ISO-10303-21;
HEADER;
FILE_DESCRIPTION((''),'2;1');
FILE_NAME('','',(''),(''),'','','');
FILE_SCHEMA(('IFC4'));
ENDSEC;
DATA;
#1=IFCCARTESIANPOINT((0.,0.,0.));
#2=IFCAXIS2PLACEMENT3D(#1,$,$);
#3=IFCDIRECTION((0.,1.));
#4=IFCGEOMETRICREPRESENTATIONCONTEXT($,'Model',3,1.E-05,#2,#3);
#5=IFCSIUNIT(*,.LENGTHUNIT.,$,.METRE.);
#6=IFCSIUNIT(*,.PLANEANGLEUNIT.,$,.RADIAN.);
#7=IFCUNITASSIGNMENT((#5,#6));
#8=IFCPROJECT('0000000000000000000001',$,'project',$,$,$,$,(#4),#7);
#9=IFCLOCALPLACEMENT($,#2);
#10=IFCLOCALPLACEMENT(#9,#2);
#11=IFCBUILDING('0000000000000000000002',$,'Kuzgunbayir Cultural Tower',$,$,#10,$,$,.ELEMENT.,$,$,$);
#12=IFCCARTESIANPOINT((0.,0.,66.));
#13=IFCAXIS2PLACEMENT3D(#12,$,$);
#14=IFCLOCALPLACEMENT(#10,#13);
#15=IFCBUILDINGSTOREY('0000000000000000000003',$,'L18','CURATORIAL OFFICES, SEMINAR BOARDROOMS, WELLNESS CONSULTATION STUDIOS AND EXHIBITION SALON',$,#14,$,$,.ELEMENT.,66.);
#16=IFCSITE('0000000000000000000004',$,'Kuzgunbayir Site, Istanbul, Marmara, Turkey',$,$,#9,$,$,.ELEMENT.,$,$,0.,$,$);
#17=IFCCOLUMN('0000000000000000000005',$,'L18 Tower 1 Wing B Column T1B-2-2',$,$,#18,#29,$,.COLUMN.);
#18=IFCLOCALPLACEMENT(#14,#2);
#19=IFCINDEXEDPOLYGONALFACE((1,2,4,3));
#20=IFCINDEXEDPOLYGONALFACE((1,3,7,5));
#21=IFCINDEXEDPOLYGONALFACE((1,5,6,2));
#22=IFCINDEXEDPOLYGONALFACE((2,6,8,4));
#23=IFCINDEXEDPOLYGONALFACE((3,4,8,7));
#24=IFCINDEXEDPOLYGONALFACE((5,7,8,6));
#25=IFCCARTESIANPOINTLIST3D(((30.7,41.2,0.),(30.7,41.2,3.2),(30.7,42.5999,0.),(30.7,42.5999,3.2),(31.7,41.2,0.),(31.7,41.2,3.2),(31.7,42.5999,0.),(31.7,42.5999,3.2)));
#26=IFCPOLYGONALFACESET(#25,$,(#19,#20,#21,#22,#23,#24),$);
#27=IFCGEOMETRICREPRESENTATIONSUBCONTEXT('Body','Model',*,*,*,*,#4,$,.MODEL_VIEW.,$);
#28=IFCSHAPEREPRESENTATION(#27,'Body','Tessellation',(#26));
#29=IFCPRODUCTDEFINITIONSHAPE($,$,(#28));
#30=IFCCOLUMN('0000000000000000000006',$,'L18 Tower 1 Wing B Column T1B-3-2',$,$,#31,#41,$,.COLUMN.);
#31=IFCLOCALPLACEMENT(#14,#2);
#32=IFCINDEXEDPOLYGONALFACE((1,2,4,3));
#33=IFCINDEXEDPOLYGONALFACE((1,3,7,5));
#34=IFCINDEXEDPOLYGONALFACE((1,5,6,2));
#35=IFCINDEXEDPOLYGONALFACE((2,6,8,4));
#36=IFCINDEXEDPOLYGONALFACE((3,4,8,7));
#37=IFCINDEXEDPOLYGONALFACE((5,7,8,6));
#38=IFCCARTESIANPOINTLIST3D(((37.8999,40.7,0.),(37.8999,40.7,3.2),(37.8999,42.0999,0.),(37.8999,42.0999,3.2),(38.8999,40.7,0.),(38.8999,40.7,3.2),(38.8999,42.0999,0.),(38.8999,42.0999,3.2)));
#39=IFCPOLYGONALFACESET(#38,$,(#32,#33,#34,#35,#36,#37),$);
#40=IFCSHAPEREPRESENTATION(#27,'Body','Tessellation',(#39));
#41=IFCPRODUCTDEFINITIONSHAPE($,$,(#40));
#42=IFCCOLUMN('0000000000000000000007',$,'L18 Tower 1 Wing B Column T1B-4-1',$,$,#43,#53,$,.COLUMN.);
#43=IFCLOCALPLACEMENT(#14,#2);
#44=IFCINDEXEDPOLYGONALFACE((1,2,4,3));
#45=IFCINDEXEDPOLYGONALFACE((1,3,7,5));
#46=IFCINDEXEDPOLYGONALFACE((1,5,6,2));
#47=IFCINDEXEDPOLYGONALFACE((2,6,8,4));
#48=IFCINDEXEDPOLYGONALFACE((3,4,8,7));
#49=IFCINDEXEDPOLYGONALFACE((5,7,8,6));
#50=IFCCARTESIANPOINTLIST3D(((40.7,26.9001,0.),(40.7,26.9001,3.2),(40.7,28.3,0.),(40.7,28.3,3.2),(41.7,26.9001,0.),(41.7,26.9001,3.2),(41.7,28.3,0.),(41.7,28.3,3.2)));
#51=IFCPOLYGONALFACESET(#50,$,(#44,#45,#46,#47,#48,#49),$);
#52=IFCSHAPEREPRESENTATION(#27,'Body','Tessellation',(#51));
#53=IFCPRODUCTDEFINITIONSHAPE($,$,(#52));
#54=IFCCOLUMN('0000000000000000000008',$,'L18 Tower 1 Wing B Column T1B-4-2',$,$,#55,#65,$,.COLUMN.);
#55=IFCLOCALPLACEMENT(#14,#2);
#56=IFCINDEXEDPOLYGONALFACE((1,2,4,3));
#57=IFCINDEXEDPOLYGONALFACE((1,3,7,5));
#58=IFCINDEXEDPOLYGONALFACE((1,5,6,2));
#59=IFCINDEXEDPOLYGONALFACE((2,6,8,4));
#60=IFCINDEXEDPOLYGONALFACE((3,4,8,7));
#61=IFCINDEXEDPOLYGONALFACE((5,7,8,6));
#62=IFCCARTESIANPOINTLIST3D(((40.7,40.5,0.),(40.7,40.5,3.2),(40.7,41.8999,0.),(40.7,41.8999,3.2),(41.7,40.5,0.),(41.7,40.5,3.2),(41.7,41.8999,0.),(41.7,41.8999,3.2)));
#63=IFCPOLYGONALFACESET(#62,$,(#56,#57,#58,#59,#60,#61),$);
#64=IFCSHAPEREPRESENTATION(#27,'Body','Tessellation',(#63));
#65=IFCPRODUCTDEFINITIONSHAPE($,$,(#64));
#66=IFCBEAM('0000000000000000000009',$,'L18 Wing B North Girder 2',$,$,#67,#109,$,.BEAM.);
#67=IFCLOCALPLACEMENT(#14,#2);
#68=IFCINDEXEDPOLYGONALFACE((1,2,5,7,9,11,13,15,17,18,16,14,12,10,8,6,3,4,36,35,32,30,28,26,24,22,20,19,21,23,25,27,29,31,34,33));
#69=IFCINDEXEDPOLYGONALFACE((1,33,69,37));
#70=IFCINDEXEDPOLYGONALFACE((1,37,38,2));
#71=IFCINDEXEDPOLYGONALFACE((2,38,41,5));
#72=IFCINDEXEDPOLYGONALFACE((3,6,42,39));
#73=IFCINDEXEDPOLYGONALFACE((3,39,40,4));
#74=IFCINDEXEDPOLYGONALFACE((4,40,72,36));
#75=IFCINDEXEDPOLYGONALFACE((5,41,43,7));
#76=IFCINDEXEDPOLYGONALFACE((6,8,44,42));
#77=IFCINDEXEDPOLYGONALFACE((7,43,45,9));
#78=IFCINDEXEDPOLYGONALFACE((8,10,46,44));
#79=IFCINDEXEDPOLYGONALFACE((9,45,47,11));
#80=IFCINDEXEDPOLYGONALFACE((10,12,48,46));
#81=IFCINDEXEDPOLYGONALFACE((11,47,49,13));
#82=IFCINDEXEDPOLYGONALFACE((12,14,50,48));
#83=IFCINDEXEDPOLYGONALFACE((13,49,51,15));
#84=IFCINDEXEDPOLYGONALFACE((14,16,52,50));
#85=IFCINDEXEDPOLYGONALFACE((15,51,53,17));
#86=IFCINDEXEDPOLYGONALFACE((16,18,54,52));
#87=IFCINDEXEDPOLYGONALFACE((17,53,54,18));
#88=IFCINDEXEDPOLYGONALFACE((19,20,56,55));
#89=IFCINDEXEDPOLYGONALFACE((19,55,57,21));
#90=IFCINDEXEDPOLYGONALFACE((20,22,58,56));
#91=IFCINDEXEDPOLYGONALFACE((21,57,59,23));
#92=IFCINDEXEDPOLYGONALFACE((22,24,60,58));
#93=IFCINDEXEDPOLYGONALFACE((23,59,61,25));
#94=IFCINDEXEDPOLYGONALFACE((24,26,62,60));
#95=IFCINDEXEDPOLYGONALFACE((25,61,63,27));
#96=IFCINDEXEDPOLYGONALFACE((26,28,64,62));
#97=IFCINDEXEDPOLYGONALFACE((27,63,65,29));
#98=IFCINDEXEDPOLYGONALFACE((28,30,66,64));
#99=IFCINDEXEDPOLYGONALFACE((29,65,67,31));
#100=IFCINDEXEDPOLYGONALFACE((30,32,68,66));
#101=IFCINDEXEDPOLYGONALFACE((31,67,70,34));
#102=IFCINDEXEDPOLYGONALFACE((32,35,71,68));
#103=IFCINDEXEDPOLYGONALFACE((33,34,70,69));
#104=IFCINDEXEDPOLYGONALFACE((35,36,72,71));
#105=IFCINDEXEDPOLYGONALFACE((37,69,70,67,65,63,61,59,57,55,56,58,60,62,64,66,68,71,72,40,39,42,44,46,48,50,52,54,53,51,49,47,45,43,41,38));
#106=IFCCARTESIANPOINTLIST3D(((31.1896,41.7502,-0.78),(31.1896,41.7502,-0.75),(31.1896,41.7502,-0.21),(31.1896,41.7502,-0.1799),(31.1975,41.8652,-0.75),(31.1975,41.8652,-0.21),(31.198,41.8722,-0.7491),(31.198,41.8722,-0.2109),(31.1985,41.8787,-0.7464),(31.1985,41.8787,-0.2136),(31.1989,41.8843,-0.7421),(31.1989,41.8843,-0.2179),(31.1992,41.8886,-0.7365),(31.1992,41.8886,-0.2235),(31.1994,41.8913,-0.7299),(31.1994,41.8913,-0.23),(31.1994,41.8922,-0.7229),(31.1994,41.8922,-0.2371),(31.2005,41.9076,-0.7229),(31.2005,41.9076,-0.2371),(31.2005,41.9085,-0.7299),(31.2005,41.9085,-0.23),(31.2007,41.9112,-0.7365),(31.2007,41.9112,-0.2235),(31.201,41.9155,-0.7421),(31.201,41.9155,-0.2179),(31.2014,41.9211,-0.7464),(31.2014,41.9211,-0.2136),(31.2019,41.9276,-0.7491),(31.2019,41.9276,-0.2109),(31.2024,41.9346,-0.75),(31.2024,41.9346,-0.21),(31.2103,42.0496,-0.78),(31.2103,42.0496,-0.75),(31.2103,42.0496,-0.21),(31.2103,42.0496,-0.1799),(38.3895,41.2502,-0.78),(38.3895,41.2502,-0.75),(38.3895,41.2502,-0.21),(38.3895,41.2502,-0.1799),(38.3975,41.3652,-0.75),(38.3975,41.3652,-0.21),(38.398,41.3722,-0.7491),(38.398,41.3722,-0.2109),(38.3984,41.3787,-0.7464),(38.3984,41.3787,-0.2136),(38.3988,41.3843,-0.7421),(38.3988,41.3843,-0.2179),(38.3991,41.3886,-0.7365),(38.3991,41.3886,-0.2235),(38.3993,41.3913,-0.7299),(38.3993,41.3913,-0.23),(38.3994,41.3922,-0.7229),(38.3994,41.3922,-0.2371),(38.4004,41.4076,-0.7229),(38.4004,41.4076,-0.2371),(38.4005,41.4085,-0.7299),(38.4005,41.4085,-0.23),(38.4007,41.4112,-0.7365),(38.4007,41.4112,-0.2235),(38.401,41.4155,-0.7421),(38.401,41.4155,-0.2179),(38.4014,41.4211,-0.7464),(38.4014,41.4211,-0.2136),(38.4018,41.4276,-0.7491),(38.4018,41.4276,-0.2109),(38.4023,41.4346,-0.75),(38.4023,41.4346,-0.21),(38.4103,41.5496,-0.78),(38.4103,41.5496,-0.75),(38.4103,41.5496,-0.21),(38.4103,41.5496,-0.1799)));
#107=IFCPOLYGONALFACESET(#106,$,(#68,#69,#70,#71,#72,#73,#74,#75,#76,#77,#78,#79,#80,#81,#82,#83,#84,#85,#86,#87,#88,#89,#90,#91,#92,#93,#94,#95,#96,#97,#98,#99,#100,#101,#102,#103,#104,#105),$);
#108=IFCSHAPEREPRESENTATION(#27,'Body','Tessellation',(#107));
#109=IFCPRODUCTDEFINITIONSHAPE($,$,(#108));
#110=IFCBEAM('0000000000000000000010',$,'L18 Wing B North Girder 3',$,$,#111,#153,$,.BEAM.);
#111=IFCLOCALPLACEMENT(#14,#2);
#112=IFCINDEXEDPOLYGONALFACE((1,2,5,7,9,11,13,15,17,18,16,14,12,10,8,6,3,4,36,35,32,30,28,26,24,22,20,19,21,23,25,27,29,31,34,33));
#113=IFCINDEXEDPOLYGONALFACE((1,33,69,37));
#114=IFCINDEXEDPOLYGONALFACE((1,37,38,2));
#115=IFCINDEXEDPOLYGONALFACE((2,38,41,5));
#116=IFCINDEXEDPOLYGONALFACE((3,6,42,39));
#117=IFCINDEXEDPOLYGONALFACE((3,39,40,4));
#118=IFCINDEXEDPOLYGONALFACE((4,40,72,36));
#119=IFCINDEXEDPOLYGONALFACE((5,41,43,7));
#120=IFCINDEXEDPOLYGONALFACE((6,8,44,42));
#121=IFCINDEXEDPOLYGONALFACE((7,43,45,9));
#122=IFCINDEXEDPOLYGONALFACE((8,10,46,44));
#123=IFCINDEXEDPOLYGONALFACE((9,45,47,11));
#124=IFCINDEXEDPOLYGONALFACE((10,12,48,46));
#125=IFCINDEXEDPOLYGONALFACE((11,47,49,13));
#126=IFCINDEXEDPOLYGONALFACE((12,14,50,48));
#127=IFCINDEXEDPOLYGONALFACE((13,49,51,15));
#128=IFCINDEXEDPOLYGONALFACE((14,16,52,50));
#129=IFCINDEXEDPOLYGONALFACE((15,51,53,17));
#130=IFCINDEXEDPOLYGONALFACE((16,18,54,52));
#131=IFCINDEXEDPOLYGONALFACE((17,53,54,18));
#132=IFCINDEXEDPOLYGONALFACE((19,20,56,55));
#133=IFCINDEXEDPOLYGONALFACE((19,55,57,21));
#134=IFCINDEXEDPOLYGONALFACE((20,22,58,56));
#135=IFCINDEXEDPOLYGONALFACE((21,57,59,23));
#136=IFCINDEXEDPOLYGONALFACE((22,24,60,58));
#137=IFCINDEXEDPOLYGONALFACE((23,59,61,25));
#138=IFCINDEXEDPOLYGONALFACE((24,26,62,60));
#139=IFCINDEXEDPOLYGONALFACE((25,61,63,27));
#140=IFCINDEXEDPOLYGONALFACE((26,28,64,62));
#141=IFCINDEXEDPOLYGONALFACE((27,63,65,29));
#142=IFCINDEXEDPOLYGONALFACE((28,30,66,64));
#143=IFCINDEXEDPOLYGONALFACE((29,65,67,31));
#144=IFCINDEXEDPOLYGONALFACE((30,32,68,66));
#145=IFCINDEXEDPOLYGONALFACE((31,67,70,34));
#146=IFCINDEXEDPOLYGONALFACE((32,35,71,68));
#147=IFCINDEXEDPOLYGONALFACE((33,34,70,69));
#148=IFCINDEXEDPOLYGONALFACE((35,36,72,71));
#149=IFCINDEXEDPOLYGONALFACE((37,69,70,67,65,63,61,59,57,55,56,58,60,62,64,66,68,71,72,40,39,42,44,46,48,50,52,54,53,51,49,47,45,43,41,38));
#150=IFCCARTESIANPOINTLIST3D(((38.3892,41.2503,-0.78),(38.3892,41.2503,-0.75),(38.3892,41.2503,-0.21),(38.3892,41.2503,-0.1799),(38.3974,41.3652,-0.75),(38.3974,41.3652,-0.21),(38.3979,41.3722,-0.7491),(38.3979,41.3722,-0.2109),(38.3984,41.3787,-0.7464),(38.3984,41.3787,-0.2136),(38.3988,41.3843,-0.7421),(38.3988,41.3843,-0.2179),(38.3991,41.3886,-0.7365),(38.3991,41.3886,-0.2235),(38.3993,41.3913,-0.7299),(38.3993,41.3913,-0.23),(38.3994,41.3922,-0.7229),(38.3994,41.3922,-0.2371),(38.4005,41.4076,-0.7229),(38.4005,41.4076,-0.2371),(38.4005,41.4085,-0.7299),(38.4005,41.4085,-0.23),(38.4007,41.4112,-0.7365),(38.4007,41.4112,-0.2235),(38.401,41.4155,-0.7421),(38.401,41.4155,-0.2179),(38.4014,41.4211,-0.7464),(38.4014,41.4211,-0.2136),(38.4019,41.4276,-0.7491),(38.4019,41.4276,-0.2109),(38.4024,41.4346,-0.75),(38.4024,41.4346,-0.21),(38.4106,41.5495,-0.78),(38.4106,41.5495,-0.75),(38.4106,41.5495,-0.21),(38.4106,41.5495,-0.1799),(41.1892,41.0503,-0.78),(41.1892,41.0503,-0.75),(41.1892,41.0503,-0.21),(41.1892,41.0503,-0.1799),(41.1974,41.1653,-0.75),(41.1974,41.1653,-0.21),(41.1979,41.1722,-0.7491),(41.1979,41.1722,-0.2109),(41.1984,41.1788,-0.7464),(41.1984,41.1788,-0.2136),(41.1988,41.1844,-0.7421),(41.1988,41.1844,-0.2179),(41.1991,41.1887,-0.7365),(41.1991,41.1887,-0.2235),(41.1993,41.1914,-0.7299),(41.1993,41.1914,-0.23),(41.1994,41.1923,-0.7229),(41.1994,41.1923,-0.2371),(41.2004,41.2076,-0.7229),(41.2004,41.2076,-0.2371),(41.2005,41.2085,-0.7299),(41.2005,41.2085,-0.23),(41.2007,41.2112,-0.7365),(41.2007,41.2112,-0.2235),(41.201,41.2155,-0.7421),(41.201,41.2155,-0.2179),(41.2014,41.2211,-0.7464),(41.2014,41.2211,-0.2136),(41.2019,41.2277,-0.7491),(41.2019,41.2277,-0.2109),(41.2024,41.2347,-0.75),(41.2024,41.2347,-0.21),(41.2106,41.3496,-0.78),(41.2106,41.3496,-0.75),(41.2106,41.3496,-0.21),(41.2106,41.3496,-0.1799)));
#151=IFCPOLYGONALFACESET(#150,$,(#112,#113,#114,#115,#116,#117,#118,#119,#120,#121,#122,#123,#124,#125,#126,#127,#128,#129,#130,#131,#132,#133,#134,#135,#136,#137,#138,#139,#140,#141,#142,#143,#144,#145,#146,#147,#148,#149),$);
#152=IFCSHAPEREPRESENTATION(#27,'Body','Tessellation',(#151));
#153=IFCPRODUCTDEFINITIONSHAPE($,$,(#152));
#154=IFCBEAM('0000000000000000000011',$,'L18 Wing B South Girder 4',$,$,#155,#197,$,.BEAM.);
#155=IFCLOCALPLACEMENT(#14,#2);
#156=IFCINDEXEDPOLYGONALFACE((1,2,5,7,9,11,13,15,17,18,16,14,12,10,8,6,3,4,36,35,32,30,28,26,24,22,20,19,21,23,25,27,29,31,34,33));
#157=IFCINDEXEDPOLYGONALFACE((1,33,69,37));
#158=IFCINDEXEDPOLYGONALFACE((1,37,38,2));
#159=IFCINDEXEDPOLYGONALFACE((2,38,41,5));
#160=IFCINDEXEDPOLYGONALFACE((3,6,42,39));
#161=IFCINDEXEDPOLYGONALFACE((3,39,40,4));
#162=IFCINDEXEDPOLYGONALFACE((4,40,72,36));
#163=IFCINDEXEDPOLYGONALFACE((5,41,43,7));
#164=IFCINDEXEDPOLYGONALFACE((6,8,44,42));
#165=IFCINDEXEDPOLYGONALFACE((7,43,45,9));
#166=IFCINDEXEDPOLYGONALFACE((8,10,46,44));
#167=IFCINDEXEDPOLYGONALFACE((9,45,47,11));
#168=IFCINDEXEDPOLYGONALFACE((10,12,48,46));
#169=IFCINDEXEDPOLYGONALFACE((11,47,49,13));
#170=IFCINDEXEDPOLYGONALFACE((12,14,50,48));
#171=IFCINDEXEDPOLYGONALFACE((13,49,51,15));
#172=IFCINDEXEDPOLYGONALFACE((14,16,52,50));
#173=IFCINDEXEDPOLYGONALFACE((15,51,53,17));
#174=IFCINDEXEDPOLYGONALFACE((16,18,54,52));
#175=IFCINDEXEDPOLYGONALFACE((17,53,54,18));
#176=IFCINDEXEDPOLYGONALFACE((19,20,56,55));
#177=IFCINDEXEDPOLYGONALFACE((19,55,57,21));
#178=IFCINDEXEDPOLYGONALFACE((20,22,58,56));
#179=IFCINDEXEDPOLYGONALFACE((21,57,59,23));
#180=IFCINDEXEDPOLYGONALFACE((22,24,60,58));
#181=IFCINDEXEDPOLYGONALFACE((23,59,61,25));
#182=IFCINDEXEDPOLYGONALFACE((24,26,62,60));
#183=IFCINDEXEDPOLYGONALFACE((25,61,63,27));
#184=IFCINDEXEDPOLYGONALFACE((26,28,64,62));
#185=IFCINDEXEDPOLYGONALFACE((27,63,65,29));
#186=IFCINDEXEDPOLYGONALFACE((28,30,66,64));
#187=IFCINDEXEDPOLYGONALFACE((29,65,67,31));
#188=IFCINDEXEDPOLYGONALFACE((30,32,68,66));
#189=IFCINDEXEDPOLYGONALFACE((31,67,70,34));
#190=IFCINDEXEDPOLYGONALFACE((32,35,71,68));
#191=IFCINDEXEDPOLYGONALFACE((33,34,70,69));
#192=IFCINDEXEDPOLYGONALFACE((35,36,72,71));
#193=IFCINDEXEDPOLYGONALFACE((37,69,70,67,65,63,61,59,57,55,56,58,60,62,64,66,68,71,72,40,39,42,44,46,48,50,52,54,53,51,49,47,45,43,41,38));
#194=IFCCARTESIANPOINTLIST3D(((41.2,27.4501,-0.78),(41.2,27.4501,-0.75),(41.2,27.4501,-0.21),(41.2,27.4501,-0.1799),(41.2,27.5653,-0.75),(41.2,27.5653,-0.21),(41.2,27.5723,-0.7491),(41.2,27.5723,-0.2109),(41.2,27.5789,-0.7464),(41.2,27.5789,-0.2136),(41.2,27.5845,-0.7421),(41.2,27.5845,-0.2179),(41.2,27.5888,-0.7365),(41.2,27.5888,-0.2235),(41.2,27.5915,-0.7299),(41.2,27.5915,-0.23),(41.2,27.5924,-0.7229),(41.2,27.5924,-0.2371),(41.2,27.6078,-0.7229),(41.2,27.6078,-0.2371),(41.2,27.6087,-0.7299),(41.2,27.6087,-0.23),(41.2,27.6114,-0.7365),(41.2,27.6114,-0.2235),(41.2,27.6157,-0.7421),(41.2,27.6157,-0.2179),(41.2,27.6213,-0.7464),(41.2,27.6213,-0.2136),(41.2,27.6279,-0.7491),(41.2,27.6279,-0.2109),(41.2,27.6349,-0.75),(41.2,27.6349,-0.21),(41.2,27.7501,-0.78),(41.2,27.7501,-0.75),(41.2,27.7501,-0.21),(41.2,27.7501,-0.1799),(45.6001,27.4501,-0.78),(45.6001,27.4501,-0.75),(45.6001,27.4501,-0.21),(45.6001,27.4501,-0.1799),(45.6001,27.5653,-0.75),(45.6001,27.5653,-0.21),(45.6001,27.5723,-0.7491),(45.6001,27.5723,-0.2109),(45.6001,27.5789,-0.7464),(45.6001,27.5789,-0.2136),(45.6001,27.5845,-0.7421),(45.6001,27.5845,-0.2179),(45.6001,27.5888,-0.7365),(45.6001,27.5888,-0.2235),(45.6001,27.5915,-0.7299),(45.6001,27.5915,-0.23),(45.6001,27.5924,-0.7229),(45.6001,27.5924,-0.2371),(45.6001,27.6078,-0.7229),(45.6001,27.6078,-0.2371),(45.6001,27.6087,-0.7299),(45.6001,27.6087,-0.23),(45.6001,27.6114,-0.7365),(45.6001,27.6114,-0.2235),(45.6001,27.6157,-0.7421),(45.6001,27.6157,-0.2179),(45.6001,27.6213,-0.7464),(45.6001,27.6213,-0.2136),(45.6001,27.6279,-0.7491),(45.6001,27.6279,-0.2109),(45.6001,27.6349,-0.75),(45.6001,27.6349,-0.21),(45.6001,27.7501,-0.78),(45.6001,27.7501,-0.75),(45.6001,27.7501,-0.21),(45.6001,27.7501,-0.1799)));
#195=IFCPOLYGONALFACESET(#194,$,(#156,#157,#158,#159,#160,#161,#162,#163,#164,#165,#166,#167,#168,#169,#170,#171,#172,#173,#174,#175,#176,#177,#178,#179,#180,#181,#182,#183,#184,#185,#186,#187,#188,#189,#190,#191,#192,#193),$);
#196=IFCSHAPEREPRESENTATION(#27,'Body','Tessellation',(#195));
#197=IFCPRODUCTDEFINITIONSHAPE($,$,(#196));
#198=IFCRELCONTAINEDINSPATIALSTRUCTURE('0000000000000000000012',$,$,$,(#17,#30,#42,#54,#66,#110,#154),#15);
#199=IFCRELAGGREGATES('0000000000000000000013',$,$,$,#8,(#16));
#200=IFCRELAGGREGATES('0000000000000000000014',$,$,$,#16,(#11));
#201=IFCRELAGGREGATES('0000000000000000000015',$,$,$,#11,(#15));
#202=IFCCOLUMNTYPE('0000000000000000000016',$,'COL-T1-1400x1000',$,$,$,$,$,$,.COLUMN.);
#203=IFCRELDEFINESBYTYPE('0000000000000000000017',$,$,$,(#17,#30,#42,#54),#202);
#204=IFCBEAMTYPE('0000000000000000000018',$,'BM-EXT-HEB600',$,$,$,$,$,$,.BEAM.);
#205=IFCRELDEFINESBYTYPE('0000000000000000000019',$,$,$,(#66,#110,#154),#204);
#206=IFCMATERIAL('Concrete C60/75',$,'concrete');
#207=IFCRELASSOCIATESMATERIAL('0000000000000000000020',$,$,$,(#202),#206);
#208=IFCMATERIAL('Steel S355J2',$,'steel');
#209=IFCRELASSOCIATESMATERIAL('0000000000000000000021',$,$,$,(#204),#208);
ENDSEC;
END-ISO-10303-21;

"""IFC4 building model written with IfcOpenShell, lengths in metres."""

from ifc_helpers import new_model, si_unit, direction, frame, origin, origin_2d, place, context, subcontext, project, spatial, rectangle, i_section, extrude, material, material_profile, profile_set, type_object, element, save


model = new_model("IFC4")

# Units and contexts
model_context = context("Model", 3, precision=1e-05, world=origin(), true_north=direction((0.0, 1.0)))
body_context = subcontext(model_context, "Body", "Model", "MODEL_VIEW")
ifc_project = project(units=[si_unit("LENGTHUNIT", "METRE"), si_unit("PLANEANGLEUNIT", "RADIAN")], contexts=[model_context])

# Site, building, storey
site_placement = place(None, origin())
site = spatial("IfcSite", under=ifc_project, at=site_placement, Name="Kuzgunbayir Site, Istanbul, Marmara, Turkey", CompositionType="ELEMENT", RefElevation=0.0)
building_placement = place(site_placement, origin())
building = spatial("IfcBuilding", under=site, at=building_placement, Name="Kuzgunbayir Cultural Tower", CompositionType="ELEMENT")
storey_placement = place(building_placement, frame((0.0, 0.0, 66.0)))
storey = spatial("IfcBuildingStorey", under=building, at=storey_placement, Name="L18", Description="CURATORIAL OFFICES, SEMINAR BOARDROOMS, WELLNESS CONSULTATION STUDIOS AND EXHIBITION SALON", CompositionType="ELEMENT", Elevation=66.0)

# Columns
ifc_material_1 = material(Name="Concrete C60/75", Category="concrete")
ifc_material_profile_1 = material_profile(ifc_material_1, rectangle(XDim=1.0, YDim=1.3999, at=origin_2d()), Name="RC 1400x1000")
ifc_profile_set_1 = profile_set([ifc_material_profile_1], Name="Concrete C60/75")
column_type = type_object("IfcColumnType", Name="COL-T1-1400x1000", PredefinedType="COLUMN", material=ifc_profile_set_1)
for number, where, z_axis, x_axis, name in (
    (1, (31.2, 41.8999, 0.0), (0.0, 0.0, 1.0), (1.0, 0.0, 0.0), "L18 Tower 1 Wing B Column T1B-2-2"),
    (2, (38.3999, 41.3999, 0.0), (0.0, 0.0, 1.0), (1.0, 0.0, 0.0), "L18 Tower 1 Wing B Column T1B-3-2"),
    (3, (41.2, 27.6001, 0.0), (0.0, 0.0, 1.0), (1.0, 0.0, 0.0), "L18 Tower 1 Wing B Column T1B-4-1"),
    (4, (41.2, 41.2, 0.0), (0.0, 0.0, 1.0), (1.0, 0.0, 0.0), "L18 Tower 1 Wing B Column T1B-4-2"),
):
    element("IfcColumn", number, at=place(storey_placement, frame(where, z_axis=z_axis, x_axis=x_axis)), inside=storey, type_object=column_type, Name=name, PredefinedType="COLUMN", context=body_context, shape_type="SweptSolid", body=[
        extrude(rectangle(XDim=1.0, YDim=1.3999, at=origin_2d()), origin(), (0.0, 0.0, 1.0), 3.2),
    ])

# Beams
ifc_material_2 = material(Name="Steel S355J2", Category="steel")
ifc_material_profile_2 = material_profile(ifc_material_2, i_section(OverallWidth=0.3, OverallDepth=0.6001, WebThickness=0.0154, FlangeThickness=0.03, FilletRadius=0.0271, at=origin_2d()), Name="HEB 600")
ifc_profile_set_2 = profile_set([ifc_material_profile_2], Name="Steel S355J2")
beam_type_1 = type_object("IfcBeamType", Name="BM-EXT-HEB600", PredefinedType="BEAM", material=ifc_profile_set_2)
beam_1_placement = place(storey_placement, frame((31.2, 41.8999, -0.48), z_axis=(0.997597, -0.069278, 0.0), x_axis=(0.069278, 0.997597, 0.0)))
element("IfcBeam", 5, at=beam_1_placement, inside=storey, type_object=beam_type_1, Name="L18 Wing B North Girder 2", PredefinedType="BEAM", context=body_context, shape_type="SweptSolid", body=[
    extrude(i_section(OverallWidth=0.3, OverallDepth=0.6001, WebThickness=0.0154, FlangeThickness=0.03, FilletRadius=0.0271, at=origin_2d()), origin(), (0.0, 0.0, 1.0), 7.2173),
])
beam_2_placement = place(storey_placement, frame((38.3999, 41.3999, -0.48), z_axis=(0.99746, -0.071229, 0.0), x_axis=(0.071229, 0.99746, 0.0)))
element("IfcBeam", 6, at=beam_2_placement, inside=storey, type_object=beam_type_1, Name="L18 Wing B North Girder 3", PredefinedType="BEAM", context=body_context, shape_type="SweptSolid", body=[
    extrude(i_section(OverallWidth=0.3, OverallDepth=0.6001, WebThickness=0.0154, FlangeThickness=0.03, FilletRadius=0.0271, at=origin_2d()), origin(), (0.0, 0.0, 1.0), 2.8071),
])
for number, where, z_axis, x_axis, name in (
    (7, (41.2, 27.6001, -0.48), (1.0, 0.0, 0.0), (0.0, 1.0, 0.0), "L18 Wing B South Girder 4"),
):
    element("IfcBeam", number, at=place(storey_placement, frame(where, z_axis=z_axis, x_axis=x_axis)), inside=storey, type_object=beam_type_1, Name=name, PredefinedType="BEAM", context=body_context, shape_type="SweptSolid", body=[
        extrude(i_section(OverallWidth=0.3, OverallDepth=0.6001, WebThickness=0.0154, FlangeThickness=0.03, FilletRadius=0.0271, at=origin_2d()), origin(), (0.0, 0.0, 1.0), 4.4001),
    ])

save(model, "model.ifc")
